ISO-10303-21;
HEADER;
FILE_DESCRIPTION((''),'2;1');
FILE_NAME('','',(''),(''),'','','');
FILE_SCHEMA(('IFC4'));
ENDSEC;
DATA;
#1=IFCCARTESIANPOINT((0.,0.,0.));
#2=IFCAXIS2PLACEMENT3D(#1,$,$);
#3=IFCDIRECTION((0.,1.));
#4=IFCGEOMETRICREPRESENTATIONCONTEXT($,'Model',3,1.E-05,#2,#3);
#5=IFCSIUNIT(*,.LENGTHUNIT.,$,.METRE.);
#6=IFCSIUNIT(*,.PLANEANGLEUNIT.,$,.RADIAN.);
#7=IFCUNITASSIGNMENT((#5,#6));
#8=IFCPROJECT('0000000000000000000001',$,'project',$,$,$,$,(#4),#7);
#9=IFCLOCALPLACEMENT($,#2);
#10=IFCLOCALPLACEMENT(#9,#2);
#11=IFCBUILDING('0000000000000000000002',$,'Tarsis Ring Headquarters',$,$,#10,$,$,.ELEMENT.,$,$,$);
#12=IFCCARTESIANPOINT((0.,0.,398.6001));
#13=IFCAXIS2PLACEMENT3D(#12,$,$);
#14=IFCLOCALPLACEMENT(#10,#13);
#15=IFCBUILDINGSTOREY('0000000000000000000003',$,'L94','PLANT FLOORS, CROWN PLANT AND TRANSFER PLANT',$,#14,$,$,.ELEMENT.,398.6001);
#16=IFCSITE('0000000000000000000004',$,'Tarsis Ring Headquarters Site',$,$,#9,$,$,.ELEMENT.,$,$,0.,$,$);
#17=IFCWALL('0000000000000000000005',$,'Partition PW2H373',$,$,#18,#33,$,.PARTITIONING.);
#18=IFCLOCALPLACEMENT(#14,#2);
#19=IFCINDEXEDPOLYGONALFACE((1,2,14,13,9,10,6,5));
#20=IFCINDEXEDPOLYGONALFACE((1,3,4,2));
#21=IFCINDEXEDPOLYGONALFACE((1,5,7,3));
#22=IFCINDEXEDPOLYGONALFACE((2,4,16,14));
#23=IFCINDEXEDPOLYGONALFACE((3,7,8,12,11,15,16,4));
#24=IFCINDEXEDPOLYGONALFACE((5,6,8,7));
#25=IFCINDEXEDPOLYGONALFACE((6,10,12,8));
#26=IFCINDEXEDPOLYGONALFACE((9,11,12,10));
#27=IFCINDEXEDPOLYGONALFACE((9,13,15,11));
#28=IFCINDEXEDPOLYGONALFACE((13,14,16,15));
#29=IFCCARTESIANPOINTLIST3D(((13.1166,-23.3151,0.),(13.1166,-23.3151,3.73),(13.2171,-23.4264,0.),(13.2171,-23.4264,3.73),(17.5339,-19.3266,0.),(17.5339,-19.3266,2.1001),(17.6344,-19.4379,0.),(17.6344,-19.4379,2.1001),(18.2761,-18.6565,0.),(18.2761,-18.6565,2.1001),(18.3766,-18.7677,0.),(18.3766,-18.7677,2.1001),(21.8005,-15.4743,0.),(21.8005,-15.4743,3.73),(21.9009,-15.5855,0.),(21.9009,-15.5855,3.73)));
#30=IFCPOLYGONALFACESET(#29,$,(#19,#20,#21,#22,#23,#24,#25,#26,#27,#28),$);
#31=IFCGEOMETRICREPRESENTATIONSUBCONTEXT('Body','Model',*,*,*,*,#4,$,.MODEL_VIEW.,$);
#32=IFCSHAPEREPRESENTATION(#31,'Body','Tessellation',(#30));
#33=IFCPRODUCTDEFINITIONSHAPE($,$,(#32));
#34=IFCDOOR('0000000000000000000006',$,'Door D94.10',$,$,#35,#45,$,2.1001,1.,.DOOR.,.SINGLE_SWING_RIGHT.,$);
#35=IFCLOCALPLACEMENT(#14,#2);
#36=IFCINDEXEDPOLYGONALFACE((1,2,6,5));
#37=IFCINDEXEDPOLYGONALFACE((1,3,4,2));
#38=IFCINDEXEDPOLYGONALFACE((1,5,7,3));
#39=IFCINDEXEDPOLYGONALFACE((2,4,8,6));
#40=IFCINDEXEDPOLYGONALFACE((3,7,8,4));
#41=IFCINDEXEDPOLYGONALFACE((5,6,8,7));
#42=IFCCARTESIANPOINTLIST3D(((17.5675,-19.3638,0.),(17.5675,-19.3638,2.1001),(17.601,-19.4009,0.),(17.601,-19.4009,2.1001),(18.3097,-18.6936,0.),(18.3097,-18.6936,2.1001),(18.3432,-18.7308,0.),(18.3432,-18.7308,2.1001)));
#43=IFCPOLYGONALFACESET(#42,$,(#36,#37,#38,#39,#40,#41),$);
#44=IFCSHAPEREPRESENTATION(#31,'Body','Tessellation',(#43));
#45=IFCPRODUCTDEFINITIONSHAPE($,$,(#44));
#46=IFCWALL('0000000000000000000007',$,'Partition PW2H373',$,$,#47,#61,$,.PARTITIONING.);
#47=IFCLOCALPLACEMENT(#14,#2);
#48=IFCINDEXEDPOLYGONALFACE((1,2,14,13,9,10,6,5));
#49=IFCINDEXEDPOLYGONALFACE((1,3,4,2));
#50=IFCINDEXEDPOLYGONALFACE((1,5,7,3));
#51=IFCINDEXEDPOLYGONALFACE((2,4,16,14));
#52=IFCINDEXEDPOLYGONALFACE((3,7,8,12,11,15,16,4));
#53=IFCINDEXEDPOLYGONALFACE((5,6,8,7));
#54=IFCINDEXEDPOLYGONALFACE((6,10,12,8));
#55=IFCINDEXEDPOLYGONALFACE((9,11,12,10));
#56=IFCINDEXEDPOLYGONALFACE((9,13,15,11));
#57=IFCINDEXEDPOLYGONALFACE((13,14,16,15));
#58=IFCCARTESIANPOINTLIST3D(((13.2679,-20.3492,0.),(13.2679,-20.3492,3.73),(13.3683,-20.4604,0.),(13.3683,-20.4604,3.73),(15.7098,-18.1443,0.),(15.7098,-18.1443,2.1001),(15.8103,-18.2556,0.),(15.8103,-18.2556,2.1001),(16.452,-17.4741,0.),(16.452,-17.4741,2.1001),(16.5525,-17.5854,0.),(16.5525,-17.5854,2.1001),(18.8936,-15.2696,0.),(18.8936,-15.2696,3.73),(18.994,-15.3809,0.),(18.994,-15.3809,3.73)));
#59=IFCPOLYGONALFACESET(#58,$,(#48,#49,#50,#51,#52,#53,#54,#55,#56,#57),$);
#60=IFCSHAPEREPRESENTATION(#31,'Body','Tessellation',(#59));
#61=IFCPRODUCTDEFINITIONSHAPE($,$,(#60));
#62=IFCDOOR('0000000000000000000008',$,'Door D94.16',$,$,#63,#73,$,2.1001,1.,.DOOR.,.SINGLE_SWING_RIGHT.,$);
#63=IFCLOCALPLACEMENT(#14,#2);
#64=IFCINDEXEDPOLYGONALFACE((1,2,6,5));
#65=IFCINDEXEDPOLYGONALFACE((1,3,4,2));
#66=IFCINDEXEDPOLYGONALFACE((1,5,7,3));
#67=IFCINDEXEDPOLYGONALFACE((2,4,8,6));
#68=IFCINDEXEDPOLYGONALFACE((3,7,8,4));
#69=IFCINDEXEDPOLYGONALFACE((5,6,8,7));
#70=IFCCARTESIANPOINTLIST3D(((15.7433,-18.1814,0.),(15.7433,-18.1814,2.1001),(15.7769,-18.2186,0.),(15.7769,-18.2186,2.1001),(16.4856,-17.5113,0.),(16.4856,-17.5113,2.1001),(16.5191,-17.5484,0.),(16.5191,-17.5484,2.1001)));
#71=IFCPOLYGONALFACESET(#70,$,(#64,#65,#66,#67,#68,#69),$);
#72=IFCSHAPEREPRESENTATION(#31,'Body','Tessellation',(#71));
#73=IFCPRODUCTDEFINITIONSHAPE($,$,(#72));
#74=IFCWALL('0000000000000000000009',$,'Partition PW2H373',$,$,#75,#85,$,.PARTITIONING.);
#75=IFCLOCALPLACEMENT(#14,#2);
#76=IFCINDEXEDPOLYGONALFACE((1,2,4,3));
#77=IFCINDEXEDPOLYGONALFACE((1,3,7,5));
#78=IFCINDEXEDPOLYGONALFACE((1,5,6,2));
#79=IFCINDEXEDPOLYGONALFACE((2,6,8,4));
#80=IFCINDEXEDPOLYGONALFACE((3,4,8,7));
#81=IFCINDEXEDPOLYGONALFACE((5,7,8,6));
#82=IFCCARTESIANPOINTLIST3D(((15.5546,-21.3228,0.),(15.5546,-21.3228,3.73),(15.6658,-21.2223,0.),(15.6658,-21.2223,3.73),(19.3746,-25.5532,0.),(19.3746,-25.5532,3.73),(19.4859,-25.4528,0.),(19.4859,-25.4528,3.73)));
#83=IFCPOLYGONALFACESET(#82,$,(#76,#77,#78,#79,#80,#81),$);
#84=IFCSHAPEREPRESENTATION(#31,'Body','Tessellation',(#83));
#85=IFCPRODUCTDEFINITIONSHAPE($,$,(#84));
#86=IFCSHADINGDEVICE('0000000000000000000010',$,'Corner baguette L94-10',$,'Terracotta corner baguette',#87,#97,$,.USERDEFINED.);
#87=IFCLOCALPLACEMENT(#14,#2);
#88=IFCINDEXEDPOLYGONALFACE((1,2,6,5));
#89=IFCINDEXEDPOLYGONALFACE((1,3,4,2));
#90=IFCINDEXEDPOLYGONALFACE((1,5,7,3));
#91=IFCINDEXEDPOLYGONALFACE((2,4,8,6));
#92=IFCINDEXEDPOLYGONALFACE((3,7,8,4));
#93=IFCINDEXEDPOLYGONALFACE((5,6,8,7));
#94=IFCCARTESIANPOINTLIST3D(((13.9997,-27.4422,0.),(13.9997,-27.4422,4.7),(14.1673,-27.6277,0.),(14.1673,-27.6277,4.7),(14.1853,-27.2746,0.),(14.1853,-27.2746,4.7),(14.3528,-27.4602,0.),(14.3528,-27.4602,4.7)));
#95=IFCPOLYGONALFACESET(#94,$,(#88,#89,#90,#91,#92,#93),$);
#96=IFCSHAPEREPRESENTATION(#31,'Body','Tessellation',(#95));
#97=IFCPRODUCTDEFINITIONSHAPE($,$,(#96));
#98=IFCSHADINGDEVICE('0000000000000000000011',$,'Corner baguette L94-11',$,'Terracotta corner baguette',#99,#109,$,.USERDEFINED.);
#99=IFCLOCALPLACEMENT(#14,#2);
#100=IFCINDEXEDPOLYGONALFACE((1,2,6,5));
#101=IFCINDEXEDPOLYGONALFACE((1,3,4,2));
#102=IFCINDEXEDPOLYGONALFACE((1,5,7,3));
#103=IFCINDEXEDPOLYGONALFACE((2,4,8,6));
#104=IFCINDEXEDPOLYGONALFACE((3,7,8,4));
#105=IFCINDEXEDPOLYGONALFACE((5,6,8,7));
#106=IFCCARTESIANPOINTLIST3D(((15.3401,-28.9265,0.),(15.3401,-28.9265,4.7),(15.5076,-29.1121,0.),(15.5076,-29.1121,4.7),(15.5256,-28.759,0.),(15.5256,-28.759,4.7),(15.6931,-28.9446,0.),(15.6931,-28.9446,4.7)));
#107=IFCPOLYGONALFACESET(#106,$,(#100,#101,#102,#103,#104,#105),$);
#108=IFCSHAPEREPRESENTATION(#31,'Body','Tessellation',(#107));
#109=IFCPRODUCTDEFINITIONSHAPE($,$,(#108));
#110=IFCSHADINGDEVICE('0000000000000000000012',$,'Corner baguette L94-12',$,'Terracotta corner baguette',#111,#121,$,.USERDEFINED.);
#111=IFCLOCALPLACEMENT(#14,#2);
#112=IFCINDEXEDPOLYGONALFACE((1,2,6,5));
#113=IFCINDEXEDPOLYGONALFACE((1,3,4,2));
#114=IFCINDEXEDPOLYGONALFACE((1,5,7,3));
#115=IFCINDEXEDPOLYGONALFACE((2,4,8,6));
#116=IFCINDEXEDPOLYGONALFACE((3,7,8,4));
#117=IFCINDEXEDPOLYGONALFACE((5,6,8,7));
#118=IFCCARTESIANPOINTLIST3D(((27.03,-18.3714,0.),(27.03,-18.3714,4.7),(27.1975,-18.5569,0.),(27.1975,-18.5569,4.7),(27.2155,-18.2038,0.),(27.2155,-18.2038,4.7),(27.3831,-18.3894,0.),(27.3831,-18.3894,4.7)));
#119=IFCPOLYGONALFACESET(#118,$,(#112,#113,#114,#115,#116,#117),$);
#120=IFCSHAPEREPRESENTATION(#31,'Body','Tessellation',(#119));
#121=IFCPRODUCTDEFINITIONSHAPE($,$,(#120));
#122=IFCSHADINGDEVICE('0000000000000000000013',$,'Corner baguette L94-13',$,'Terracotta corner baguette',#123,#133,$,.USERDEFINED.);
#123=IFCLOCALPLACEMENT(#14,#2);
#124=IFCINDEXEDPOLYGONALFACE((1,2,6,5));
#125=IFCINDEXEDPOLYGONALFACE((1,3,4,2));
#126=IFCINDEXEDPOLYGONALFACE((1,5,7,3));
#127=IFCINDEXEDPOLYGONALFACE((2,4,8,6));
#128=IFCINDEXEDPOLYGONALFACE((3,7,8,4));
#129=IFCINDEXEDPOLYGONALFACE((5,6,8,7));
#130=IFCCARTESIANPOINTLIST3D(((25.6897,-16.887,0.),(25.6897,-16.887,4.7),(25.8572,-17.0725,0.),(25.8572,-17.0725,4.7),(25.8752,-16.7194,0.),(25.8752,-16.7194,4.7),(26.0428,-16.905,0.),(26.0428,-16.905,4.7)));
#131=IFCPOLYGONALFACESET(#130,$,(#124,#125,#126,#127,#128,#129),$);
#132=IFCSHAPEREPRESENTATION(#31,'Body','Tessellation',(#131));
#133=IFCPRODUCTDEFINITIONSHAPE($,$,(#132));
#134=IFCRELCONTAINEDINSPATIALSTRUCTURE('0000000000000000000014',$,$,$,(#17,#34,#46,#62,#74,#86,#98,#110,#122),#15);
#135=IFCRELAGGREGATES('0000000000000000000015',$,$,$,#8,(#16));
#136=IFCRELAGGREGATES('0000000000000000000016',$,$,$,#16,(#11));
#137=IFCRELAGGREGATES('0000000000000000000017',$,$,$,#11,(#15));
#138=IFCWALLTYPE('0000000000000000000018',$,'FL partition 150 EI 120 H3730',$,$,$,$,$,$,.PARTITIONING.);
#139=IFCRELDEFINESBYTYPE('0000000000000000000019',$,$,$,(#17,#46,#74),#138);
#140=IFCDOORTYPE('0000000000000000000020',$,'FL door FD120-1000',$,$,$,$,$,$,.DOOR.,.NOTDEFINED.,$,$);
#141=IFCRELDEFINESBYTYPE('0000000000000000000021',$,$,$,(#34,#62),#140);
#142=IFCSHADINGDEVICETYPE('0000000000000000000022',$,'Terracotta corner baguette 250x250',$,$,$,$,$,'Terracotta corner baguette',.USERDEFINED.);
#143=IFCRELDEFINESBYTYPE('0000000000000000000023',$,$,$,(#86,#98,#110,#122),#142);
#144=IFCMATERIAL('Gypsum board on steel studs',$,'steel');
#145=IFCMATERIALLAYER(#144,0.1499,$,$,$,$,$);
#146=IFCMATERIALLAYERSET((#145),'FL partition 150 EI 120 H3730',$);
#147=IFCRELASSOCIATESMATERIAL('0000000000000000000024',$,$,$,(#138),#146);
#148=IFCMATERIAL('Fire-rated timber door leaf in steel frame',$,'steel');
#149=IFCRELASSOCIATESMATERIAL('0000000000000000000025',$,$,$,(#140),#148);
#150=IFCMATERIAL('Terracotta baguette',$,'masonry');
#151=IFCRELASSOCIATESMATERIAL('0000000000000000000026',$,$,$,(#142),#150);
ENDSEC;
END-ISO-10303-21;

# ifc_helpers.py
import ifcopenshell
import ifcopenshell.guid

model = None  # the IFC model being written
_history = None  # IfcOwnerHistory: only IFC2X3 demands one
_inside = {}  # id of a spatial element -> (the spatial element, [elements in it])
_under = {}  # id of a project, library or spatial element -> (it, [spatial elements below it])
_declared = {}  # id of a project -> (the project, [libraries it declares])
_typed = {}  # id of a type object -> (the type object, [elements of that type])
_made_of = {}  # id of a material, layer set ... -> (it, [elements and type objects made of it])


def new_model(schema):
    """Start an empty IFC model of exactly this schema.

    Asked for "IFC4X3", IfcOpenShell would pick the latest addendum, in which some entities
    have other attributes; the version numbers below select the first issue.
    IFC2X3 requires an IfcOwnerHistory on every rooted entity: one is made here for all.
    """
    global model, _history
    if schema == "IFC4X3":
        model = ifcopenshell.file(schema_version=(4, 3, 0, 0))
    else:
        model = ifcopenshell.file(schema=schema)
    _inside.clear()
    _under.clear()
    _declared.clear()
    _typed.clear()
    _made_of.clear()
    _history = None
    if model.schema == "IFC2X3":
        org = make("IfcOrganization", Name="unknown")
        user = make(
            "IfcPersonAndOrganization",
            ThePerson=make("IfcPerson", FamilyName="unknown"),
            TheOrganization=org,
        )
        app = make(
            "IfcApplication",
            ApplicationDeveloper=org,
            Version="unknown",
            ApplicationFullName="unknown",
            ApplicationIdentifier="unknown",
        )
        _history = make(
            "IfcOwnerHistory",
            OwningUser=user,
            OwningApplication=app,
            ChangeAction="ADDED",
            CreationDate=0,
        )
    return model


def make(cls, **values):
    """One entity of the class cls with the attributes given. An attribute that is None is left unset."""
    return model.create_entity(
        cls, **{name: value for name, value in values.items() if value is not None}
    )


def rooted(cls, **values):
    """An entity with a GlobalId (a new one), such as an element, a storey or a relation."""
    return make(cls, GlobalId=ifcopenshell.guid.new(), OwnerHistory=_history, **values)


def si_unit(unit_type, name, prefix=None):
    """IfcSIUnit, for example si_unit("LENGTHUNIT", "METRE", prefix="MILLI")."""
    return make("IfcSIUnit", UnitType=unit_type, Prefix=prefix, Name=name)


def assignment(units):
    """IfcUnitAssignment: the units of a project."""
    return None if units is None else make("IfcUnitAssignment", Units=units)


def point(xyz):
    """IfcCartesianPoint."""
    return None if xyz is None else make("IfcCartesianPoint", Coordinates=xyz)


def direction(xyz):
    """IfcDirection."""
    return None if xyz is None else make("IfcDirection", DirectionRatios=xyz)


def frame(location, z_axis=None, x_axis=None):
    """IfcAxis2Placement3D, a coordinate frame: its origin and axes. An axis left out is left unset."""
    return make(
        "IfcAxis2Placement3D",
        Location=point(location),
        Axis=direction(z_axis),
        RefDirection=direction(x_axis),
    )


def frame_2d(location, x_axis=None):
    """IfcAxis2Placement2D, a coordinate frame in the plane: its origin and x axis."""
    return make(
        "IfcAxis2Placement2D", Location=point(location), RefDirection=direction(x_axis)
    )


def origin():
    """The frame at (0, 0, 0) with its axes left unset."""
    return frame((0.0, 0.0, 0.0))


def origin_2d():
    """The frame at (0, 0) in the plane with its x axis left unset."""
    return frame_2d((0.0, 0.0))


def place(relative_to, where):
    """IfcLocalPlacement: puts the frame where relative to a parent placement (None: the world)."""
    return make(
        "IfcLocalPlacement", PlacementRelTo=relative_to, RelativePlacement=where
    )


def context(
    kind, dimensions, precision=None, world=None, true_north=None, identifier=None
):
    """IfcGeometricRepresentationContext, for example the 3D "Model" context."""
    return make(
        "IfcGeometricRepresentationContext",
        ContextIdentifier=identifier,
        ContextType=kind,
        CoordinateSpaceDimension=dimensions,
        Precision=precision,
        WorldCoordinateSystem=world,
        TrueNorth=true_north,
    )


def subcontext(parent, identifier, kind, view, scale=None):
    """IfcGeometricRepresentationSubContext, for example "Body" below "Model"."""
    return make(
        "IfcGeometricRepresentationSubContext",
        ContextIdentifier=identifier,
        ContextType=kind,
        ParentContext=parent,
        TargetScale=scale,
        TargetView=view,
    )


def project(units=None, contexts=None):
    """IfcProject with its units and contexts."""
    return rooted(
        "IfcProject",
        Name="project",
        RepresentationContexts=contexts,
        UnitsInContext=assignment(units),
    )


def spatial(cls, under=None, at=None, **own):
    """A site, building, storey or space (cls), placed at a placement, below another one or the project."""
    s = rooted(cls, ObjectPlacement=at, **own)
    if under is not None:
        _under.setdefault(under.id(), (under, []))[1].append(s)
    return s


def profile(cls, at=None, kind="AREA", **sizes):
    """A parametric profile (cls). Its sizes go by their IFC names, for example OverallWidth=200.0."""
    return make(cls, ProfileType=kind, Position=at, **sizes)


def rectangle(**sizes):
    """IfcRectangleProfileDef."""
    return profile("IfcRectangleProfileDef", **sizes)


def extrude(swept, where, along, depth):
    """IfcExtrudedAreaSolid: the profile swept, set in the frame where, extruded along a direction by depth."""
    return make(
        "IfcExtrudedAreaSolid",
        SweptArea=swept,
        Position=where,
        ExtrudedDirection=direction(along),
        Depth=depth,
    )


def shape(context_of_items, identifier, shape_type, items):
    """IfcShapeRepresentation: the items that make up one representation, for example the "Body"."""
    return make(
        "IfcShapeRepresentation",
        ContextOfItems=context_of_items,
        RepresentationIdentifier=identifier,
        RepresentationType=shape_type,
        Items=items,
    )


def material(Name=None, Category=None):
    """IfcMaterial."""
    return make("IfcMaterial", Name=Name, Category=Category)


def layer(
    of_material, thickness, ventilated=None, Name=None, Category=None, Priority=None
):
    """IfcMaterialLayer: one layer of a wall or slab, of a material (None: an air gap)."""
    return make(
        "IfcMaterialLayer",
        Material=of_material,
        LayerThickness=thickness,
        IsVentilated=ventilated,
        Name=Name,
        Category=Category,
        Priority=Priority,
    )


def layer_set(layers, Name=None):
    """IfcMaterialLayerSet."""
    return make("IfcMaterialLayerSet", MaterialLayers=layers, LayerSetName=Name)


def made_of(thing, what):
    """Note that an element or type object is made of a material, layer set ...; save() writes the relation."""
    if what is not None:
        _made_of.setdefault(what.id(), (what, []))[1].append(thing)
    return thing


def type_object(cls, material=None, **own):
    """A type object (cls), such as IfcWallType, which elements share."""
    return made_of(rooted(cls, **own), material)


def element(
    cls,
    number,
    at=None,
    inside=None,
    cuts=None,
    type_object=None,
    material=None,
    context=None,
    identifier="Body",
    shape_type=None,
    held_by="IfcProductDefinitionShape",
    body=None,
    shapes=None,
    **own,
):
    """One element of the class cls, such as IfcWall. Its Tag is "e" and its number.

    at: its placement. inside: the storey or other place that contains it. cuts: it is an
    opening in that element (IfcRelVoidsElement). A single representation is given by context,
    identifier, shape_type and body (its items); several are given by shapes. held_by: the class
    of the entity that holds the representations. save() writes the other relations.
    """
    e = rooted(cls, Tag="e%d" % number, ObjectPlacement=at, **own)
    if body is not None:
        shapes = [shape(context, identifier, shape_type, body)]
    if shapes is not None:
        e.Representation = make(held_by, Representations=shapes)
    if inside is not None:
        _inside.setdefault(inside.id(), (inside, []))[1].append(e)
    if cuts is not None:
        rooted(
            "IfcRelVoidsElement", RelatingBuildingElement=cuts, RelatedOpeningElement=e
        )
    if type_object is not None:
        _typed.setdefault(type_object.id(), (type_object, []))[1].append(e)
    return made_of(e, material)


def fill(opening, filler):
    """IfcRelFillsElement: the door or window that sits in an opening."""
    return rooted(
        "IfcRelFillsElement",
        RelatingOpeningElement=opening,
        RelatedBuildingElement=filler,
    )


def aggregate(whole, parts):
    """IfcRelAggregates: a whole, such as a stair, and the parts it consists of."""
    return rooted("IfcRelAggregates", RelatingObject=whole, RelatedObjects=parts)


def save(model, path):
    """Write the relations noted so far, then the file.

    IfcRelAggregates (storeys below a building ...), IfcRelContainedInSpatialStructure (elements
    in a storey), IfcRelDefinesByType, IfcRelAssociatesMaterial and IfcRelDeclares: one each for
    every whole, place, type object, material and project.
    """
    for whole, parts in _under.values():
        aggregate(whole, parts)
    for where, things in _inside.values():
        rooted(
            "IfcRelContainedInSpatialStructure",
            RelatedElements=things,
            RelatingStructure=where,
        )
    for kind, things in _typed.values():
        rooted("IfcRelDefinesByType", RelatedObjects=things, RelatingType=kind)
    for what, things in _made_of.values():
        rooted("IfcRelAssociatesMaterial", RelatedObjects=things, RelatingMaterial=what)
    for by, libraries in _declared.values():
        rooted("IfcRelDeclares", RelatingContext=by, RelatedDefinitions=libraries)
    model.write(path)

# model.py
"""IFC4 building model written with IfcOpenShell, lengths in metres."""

from ifc_helpers import new_model, si_unit, direction, frame, frame_2d, origin, origin_2d, place, context, subcontext, project, spatial, rectangle, extrude, material, layer, layer_set, type_object, element, fill, save


model = new_model("IFC4")

# Units and contexts
model_context = context("Model", 3, precision=1e-05, world=origin(), true_north=direction((0.0, 1.0)))
body_context = subcontext(model_context, "Body", "Model", "MODEL_VIEW")
ifc_project = project(units=[si_unit("LENGTHUNIT", "METRE"), si_unit("PLANEANGLEUNIT", "RADIAN")], contexts=[model_context])

# Site, building, storey
site_placement = place(None, origin())
site = spatial("IfcSite", under=ifc_project, at=site_placement, Name="Tarsis Ring Headquarters Site", CompositionType="ELEMENT", RefElevation=0.0)
building_placement = place(site_placement, origin())
building = spatial("IfcBuilding", under=site, at=building_placement, Name="Tarsis Ring Headquarters", CompositionType="ELEMENT")
storey_placement = place(building_placement, frame((0.0, 0.0, 398.6001)))
storey = spatial("IfcBuildingStorey", under=building, at=storey_placement, Name="L94", Description="PLANT FLOORS, CROWN PLANT AND TRANSFER PLANT", CompositionType="ELEMENT", Elevation=398.6001)

# Shared definitions
ifc_material_1 = material(Name="Gypsum board on steel studs", Category="steel")
ifc_layer = layer(ifc_material_1, 0.1499)
ifc_layer_set = layer_set([ifc_layer], Name="FL partition 150 EI 120 H3730")
wall_type = type_object("IfcWallType", Name="FL partition 150 EI 120 H3730", PredefinedType="PARTITIONING", material=ifc_layer_set)
ifc_material_2 = material(Name="Fire-rated timber door leaf in steel frame", Category="steel")
door_type_1 = type_object("IfcDoorType", Name="FL door FD120-1000", OperationType="NOTDEFINED", PredefinedType="DOOR", material=ifc_material_2)

# Walls, openings, doors
wall_1_placement = place(storey_placement, frame((13.1667, -23.3708, 0.0), z_axis=(0.0, 0.0, 1.0), x_axis=(0.742215, 0.670162, 0.0)))
wall_1 = element("IfcWall", 1, at=wall_1_placement, inside=storey, type_object=wall_type, Name="Partition PW2H373", PredefinedType="PARTITIONING", context=body_context, shape_type="SweptSolid", body=[
    extrude(rectangle(XDim=11.7, YDim=0.1499, at=frame_2d((5.8501, 0.0))), origin(), (0.0, 0.0, 1.0), 3.73),
])
opening_1_placement = place(wall_1_placement, frame((5.9517, 0.0, 0.0)))
opening_1 = element("IfcOpeningElement", 2, at=opening_1_placement, cuts=wall_1, PredefinedType="OPENING", context=body_context, shape_type="SweptSolid", body=[
    extrude(rectangle(XDim=1.0, YDim=2.1001, at=frame_2d((0.5, 1.05))), frame((0.0, 0.085, 0.0), z_axis=(0.0, -1.0, 0.0), x_axis=(1.0, 0.0, 0.0)), (0.0, 0.0, 1.0), 0.1699),
])
door_1_placement = place(opening_1_placement, origin())
door_1 = element("IfcDoor", 3, at=door_1_placement, inside=storey, type_object=door_type_1, Name="Door D94.10", OperationType="SINGLE_SWING_RIGHT", OverallHeight=2.1001, OverallWidth=1.0, PredefinedType="DOOR", context=body_context, shape_type="SweptSolid", body=[
    extrude(rectangle(XDim=1.0, YDim=2.1001, at=frame_2d((0.5, 1.05))), frame((0.0, 0.0249, 0.0), z_axis=(0.0, -1.0, 0.0), x_axis=(1.0, 0.0, 0.0)), (0.0, 0.0, 1.0), 0.05),
])
fill(opening_1, door_1)
wall_2_placement = place(storey_placement, frame((13.3181, -20.4048, 0.0), z_axis=(0.0, 0.0, 1.0), x_axis=(0.742215, 0.670162, 0.0)))
wall_2 = element("IfcWall", 4, at=wall_2_placement, inside=storey, type_object=wall_type, Name="Partition PW2H373", PredefinedType="PARTITIONING", context=body_context, shape_type="SweptSolid", body=[
    extrude(rectangle(XDim=7.5796, YDim=0.1499, at=frame_2d((3.7898, 0.0))), origin(), (0.0, 0.0, 1.0), 3.73),
])
opening_2_placement = place(wall_2_placement, frame((3.29, 0.0, 0.0)))
opening_2 = element("IfcOpeningElement", 5, at=opening_2_placement, cuts=wall_2, PredefinedType="OPENING", context=body_context, shape_type="SweptSolid", body=[
    extrude(rectangle(XDim=1.0, YDim=2.1001, at=frame_2d((0.5, 1.05))), frame((0.0, 0.085, 0.0), z_axis=(0.0, -1.0, 0.0), x_axis=(1.0, 0.0, 0.0)), (0.0, 0.0, 1.0), 0.1699),
])
door_2_placement = place(opening_2_placement, origin())
door_2 = element("IfcDoor", 6, at=door_2_placement, inside=storey, type_object=door_type_1, Name="Door D94.16", OperationType="SINGLE_SWING_RIGHT", OverallHeight=2.1001, OverallWidth=1.0, PredefinedType="DOOR", context=body_context, shape_type="SweptSolid", body=[
    extrude(rectangle(XDim=1.0, YDim=2.1001, at=frame_2d((0.5, 1.05))), frame((0.0, 0.0249, 0.0), z_axis=(0.0, -1.0, 0.0), x_axis=(1.0, 0.0, 0.0)), (0.0, 0.0, 1.0), 0.05),
])
fill(opening_2, door_2)

# Wall
wall_3_placement = place(storey_placement, frame((15.6101, -21.2725, 0.0), z_axis=(0.0, 0.0, 1.0), x_axis=(0.67019, -0.74219, 0.0)))
element("IfcWall", 7, at=wall_3_placement, inside=storey, type_object=wall_type, Name="Partition PW2H373", PredefinedType="PARTITIONING", context=body_context, shape_type="SweptSolid", body=[
    extrude(rectangle(XDim=5.7, YDim=0.1499, at=frame_2d((2.8501, 0.0))), origin(), (0.0, 0.0, 1.0), 3.73),
])

# Shading devices
ifc_material_3 = material(Name="Terracotta baguette", Category="masonry")
shading_device_type_1 = type_object("IfcShadingDeviceType", Name="Terracotta corner baguette 250x250", ElementType="Terracotta corner baguette", PredefinedType="USERDEFINED", material=ifc_material_3)
for number, where, z_axis, x_axis, name in (
    (8, (14.1763, -27.4512, 0.0), (0.0, 0.0, 1.0), (0.74221, 0.670168, 0.0), "Corner baguette L94-10"),
    (9, (15.5166, -28.9355, 0.0), (0.0, 0.0, 1.0), (0.670167, -0.74221, 0.0), "Corner baguette L94-11"),
    (10, (27.2065, -18.3804, 0.0), (0.0, 0.0, 1.0), (0.74221, 0.670168, 0.0), "Corner baguette L94-12"),
    (11, (25.8662, -16.896, 0.0), (0.0, 0.0, 1.0), (-0.670168, 0.74221, 0.0), "Corner baguette L94-13"),
):
    element("IfcShadingDevice", number, at=place(storey_placement, frame(where, z_axis=z_axis, x_axis=x_axis)), inside=storey, type_object=shading_device_type_1, Name=name, ObjectType="Terracotta corner baguette", PredefinedType="USERDEFINED", context=body_context, shape_type="SweptSolid", body=[
        extrude(rectangle(XDim=0.25, YDim=0.25, at=origin_2d()), origin(), (0.0, 0.0, 1.0), 4.7),
    ])

save(model, "model.ifc")
